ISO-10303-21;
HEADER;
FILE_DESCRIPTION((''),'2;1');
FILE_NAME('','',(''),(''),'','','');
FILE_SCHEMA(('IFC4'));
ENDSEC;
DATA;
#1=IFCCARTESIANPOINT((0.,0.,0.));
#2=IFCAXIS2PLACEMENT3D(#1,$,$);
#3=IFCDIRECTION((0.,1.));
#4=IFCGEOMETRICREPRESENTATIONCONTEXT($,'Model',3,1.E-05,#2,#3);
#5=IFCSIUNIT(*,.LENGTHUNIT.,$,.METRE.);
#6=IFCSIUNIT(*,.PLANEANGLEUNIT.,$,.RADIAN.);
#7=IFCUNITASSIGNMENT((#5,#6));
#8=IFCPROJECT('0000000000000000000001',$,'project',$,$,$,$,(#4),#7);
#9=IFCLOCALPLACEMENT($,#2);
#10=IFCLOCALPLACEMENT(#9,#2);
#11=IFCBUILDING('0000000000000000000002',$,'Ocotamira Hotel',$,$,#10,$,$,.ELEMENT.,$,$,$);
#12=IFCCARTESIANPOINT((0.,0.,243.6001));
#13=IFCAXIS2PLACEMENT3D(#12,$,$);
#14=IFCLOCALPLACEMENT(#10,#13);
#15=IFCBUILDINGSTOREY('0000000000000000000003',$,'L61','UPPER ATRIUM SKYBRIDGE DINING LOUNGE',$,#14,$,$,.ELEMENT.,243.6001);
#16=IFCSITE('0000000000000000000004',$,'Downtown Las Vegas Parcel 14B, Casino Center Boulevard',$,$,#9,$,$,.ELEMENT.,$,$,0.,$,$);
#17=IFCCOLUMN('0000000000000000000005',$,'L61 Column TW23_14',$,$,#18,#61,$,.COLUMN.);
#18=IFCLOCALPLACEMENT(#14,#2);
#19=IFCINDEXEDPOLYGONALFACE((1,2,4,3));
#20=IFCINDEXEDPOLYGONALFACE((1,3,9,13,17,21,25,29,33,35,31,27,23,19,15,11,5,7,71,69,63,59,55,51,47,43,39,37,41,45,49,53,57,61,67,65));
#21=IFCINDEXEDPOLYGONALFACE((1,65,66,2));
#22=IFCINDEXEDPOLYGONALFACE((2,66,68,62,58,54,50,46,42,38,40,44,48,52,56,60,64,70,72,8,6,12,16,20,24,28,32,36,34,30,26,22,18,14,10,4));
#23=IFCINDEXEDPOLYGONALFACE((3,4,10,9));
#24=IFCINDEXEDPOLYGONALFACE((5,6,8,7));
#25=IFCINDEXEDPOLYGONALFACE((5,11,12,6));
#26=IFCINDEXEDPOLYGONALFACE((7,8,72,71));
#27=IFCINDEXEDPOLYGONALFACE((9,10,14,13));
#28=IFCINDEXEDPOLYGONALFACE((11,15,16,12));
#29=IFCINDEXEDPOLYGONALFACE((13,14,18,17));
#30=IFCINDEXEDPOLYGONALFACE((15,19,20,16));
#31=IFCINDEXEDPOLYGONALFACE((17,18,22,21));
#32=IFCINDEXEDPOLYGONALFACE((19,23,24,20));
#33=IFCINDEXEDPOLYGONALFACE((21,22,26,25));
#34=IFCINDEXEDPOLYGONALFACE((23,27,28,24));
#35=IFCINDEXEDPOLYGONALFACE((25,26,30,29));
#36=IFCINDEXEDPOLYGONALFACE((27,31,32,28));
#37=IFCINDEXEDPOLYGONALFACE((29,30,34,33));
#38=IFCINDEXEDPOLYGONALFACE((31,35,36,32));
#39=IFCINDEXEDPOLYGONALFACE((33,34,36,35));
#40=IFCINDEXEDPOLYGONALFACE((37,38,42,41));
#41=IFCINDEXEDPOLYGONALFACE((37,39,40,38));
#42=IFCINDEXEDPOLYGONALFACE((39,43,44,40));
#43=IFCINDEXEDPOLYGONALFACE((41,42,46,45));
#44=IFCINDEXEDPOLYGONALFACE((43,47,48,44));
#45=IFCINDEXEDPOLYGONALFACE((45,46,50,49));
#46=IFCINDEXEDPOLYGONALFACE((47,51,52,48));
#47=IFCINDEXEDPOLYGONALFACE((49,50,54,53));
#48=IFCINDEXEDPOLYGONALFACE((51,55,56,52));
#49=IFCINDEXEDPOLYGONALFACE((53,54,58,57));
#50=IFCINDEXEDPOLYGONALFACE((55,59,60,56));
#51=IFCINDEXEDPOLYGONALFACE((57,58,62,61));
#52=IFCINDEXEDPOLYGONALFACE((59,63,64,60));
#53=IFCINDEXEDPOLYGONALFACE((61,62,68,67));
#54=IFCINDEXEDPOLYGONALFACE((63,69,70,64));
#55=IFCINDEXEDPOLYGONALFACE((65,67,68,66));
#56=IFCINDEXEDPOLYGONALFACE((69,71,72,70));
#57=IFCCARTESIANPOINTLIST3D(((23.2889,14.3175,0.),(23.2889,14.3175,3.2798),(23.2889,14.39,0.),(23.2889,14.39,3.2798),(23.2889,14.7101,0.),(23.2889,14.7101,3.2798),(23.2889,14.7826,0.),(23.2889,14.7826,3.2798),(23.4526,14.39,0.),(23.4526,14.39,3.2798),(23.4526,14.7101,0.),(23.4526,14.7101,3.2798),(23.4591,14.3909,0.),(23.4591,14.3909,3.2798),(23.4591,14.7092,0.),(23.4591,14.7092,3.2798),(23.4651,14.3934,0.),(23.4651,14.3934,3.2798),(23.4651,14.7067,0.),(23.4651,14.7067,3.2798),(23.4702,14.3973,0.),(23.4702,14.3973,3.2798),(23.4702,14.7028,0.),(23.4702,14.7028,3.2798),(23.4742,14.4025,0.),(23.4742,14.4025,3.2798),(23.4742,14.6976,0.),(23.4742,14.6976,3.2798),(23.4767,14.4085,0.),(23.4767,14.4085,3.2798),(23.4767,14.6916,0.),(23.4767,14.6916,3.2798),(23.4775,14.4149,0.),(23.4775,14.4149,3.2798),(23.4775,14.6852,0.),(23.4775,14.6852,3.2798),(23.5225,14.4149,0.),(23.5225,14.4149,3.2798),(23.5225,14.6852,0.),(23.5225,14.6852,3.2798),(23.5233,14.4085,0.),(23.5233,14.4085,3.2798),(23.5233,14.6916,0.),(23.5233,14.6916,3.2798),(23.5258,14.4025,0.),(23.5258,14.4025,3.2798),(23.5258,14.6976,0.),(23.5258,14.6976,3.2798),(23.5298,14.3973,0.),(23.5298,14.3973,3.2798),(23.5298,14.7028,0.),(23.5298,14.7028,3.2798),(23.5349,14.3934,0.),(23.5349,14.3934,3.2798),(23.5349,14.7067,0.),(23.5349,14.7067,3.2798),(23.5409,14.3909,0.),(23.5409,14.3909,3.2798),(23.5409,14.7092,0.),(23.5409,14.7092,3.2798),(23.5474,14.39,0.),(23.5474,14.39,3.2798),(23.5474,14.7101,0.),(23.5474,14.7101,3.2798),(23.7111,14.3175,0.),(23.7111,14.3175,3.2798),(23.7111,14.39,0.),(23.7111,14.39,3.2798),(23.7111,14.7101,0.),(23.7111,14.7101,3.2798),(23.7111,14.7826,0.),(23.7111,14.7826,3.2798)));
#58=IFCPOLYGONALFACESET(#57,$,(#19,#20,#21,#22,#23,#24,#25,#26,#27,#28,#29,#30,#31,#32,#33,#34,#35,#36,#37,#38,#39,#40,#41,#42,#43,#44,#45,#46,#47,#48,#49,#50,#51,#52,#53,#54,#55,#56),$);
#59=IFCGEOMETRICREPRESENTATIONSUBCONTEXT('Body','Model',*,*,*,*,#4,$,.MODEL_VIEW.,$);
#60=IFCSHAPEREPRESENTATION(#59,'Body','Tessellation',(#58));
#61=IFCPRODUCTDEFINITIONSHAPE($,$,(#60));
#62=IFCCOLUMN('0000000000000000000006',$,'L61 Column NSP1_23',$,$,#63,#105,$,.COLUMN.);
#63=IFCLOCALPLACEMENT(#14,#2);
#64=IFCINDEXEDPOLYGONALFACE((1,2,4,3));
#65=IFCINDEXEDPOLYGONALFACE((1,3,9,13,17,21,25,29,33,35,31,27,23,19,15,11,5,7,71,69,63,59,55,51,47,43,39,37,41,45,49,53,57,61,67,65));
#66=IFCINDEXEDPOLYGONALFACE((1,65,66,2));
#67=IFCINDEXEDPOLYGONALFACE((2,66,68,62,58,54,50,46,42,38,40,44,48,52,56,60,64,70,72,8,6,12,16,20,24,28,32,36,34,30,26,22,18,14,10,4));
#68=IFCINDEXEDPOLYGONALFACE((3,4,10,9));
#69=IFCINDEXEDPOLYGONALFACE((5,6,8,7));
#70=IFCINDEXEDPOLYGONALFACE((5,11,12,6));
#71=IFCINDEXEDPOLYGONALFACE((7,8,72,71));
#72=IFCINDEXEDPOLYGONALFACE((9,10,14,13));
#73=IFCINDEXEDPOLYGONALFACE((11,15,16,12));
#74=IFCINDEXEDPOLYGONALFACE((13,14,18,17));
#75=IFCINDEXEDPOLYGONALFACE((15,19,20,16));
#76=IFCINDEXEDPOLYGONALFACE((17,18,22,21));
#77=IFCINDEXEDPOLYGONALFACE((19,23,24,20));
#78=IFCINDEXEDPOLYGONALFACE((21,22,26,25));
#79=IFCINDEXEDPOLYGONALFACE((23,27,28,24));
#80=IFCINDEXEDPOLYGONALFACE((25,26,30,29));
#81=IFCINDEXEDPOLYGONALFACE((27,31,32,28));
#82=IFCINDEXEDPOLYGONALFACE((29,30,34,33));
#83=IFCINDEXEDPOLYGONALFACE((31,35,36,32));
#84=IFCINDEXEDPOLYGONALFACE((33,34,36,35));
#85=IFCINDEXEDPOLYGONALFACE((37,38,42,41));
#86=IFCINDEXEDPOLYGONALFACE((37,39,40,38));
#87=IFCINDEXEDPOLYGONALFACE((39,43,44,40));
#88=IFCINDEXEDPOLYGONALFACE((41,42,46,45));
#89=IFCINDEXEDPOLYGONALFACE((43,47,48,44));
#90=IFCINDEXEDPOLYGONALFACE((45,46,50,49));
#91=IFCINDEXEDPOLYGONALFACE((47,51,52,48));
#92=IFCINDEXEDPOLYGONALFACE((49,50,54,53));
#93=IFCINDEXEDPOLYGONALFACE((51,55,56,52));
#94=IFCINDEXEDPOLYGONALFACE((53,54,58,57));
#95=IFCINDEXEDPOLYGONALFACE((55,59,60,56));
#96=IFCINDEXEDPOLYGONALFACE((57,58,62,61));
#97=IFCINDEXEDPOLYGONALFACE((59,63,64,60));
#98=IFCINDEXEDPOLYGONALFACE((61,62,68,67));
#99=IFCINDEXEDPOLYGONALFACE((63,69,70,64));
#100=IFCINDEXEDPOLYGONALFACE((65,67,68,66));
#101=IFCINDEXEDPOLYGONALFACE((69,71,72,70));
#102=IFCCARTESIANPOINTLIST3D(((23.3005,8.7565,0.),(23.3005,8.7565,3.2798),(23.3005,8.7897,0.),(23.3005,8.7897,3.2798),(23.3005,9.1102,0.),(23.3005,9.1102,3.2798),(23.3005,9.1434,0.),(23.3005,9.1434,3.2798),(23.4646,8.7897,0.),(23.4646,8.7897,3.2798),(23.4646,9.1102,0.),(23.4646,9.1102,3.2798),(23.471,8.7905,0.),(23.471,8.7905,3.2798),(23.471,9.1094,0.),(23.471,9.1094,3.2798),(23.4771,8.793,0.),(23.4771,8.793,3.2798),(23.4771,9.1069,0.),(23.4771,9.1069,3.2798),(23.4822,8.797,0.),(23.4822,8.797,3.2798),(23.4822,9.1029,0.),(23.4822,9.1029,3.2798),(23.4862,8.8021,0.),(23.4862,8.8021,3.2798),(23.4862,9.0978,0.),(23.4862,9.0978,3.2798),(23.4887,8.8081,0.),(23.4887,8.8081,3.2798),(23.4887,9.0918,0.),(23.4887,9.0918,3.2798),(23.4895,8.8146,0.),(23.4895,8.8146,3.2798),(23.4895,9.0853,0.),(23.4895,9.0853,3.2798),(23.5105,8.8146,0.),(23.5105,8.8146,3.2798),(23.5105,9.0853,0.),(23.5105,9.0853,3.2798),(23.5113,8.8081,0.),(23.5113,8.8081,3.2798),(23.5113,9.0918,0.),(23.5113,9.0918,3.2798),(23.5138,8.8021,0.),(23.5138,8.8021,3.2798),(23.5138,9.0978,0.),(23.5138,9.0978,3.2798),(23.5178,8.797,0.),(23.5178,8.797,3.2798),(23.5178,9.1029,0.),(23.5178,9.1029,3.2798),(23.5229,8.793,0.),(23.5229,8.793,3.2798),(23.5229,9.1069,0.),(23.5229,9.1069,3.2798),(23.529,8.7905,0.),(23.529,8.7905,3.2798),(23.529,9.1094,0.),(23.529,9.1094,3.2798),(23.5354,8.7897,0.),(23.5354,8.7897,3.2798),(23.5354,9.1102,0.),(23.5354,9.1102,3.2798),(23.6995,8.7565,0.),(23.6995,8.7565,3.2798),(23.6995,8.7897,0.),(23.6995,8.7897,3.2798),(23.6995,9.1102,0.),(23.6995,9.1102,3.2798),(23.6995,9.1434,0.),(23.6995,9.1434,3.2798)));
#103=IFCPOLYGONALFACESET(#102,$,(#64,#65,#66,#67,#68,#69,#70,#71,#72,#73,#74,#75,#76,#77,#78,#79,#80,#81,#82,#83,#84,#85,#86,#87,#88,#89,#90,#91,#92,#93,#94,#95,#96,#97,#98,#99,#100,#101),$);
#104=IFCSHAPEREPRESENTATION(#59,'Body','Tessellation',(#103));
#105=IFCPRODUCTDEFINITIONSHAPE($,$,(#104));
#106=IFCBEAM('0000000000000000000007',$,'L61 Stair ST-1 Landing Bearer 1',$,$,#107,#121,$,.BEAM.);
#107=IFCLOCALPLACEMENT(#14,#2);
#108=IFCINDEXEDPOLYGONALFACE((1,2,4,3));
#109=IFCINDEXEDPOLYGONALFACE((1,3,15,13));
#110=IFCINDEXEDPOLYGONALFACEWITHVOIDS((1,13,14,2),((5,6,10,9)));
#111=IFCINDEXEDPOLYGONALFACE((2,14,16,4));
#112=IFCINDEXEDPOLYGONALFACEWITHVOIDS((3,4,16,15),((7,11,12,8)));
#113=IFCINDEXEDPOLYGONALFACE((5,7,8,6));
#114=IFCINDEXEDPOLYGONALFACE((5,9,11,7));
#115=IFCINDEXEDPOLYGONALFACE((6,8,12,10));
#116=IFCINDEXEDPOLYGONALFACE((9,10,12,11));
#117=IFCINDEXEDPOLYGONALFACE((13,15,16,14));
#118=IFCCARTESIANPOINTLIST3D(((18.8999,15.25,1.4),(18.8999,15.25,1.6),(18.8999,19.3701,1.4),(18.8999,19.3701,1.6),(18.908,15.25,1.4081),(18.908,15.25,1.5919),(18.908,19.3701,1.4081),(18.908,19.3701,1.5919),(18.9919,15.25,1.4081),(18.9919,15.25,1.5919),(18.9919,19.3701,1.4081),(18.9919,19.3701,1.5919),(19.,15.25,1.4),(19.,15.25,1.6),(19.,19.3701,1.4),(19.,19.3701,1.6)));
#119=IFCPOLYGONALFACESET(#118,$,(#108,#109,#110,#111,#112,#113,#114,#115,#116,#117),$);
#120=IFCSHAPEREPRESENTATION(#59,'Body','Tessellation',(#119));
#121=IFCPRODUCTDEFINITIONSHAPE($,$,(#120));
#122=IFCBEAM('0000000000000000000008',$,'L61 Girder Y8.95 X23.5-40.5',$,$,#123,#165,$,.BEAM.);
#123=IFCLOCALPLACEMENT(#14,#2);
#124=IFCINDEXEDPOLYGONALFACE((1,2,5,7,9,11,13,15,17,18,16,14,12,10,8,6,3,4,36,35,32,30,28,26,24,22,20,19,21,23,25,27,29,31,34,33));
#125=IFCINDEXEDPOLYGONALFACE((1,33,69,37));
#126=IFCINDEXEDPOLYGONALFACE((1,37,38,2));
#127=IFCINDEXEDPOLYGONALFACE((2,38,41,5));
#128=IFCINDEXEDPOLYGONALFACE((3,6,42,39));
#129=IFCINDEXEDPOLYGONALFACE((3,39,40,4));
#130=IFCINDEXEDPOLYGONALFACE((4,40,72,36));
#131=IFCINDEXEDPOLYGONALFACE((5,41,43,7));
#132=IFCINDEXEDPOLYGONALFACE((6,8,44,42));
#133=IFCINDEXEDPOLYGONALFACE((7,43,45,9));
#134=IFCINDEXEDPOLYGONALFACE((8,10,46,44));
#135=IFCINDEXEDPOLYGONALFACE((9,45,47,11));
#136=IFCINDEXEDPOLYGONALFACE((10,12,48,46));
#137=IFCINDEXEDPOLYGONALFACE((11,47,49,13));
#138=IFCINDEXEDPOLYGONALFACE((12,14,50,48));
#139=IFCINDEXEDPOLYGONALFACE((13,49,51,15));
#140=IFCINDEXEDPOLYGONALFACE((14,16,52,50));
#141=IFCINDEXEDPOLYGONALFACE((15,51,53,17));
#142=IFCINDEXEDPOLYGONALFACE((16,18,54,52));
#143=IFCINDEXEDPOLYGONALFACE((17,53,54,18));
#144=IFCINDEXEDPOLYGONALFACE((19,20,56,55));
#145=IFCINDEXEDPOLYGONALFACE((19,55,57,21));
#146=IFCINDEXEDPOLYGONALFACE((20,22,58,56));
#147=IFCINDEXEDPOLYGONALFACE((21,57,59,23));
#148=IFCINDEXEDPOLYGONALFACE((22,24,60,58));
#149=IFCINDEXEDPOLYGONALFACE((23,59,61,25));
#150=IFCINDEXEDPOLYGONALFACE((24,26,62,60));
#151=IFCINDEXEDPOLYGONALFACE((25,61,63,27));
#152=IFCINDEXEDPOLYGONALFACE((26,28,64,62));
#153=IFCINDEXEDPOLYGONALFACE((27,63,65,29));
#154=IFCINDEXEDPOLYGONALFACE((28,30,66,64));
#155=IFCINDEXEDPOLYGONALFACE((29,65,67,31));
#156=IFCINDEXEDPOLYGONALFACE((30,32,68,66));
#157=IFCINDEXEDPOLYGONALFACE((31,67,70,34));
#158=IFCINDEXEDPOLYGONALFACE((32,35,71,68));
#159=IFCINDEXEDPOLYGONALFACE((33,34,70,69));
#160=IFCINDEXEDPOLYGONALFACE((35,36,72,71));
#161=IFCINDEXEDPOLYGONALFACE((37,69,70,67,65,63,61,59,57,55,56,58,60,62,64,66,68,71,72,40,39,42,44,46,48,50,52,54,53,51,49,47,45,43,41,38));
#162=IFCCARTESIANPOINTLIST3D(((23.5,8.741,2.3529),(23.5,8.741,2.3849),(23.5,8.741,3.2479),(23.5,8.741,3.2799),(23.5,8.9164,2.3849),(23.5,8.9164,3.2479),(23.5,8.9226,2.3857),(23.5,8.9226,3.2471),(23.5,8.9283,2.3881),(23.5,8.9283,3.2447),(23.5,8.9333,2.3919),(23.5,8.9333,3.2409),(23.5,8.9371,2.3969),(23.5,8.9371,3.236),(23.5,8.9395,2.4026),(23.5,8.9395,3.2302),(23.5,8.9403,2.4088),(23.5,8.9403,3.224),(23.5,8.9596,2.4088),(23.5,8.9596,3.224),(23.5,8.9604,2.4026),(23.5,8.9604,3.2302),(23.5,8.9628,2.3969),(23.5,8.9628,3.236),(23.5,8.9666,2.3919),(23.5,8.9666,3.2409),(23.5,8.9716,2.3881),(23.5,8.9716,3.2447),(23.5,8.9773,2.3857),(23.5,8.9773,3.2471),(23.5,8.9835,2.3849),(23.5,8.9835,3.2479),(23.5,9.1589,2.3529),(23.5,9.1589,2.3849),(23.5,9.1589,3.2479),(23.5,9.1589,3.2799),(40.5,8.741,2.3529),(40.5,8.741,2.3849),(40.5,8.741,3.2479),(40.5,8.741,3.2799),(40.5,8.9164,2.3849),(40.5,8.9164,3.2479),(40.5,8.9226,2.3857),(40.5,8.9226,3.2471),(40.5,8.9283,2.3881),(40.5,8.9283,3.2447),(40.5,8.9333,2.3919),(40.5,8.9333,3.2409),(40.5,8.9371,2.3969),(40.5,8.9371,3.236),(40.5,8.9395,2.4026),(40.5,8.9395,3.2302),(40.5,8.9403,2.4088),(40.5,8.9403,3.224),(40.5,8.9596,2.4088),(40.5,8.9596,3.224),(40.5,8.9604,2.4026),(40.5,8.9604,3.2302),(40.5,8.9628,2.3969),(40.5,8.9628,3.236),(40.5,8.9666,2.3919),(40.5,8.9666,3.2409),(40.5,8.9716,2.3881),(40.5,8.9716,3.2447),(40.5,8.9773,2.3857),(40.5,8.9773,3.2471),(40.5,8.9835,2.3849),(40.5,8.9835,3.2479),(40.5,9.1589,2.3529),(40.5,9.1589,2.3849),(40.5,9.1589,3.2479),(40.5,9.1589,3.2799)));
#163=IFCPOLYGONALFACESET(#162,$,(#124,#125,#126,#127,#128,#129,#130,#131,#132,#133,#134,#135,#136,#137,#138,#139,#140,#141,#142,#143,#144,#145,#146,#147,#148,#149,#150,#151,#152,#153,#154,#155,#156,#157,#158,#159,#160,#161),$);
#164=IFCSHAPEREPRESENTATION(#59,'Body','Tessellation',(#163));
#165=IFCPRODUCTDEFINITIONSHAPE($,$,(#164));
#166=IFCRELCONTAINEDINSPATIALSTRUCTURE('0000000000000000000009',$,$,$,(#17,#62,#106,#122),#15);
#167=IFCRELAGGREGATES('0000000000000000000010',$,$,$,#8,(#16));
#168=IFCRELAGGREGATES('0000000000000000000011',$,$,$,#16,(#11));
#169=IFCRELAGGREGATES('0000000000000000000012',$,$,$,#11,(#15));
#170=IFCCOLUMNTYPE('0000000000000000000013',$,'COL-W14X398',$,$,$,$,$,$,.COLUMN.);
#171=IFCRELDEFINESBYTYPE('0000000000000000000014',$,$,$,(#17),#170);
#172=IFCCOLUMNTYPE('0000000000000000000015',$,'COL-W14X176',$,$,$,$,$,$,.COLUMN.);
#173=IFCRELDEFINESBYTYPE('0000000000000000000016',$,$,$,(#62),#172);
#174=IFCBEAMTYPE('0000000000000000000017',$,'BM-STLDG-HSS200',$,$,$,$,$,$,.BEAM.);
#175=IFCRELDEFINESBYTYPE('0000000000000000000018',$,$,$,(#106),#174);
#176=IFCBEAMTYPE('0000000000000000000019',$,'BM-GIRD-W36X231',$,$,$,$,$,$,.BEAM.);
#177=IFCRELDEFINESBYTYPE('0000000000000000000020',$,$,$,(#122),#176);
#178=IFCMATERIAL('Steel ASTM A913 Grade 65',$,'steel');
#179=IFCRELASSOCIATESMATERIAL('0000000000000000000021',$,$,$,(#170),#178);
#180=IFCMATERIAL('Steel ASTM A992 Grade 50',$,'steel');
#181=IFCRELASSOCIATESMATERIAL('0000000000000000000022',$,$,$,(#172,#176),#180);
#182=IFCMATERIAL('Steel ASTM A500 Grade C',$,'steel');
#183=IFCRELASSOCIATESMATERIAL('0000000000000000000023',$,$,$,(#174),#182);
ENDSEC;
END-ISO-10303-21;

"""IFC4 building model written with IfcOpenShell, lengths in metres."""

from ifc_helpers import new_model, si_unit, direction, frame, origin, origin_2d, place, context, subcontext, project, spatial, hollow_rectangle, i_section, extrude, source, transform, mapped, material, material_profile, profile_set, type_object, element, save


model = new_model("IFC4")

# Units and contexts
model_context = context("Model", 3, precision=1e-05, world=origin(), true_north=direction((0.0, 1.0)))
body_context = subcontext(model_context, "Body", "Model", "MODEL_VIEW")
ifc_project = project(units=[si_unit("LENGTHUNIT", "METRE"), si_unit("PLANEANGLEUNIT", "RADIAN")], contexts=[model_context])

# Site, building, storey
site_placement = place(None, origin())
site = spatial("IfcSite", under=ifc_project, at=site_placement, Name="Downtown Las Vegas Parcel 14B, Casino Center Boulevard", CompositionType="ELEMENT", RefElevation=0.0)
building_placement = place(site_placement, origin())
building = spatial("IfcBuilding", under=site, at=building_placement, Name="Ocotamira Hotel", CompositionType="ELEMENT")
storey_placement = place(building_placement, frame((0.0, 0.0, 243.6001)))
storey = spatial("IfcBuildingStorey", under=building, at=storey_placement, Name="L61", Description="UPPER ATRIUM SKYBRIDGE DINING LOUNGE", CompositionType="ELEMENT", Elevation=243.6001)

# Columns
ifc_material_1 = material(Name="Steel ASTM A913 Grade 65", Category="steel")
ifc_material_profile_1 = material_profile(ifc_material_1, i_section(OverallWidth=0.4221, OverallDepth=0.4651, WebThickness=0.0449, FlangeThickness=0.0725, FilletRadius=0.0249, at=origin_2d()), Name="W14X398")
ifc_profile_set_1 = profile_set([ifc_material_profile_1], Name="Steel ASTM A913 Grade 65")
column_type_1 = type_object("IfcColumnType", Name="COL-W14X398", PredefinedType="COLUMN", material=ifc_profile_set_1)
shared_shape_1 = source(origin(), body_context, "Body", "SweptSolid", [
    extrude(i_section(OverallWidth=0.4221, OverallDepth=0.4651, WebThickness=0.0449, FlangeThickness=0.0725, FilletRadius=0.0249, at=origin_2d()), origin(), (0.0, 0.0, 1.0), 3.2798),
])
column_1_placement = place(storey_placement, frame((23.5, 14.55, 0.0), z_axis=(0.0, 0.0, 1.0), x_axis=(1.0, 0.0, 0.0)))
element("IfcColumn", 1, at=column_1_placement, inside=storey, type_object=column_type_1, Name="L61 Column TW23_14", PredefinedType="COLUMN", context=body_context, shape_type="MappedRepresentation", body=[
    mapped(shared_shape_1, transform((0.0, 0.0, 0.0), scale=1.0)),
])
ifc_material_2 = material(Name="Steel ASTM A992 Grade 50", Category="steel")
ifc_material_profile_2 = material_profile(ifc_material_2, i_section(OverallWidth=0.3989, OverallDepth=0.387, WebThickness=0.021, FlangeThickness=0.0332, FilletRadius=0.0249, at=origin_2d()), Name="W14X176")
ifc_profile_set_2 = profile_set([ifc_material_profile_2], Name="Steel ASTM A992 Grade 50")
column_type_2 = type_object("IfcColumnType", Name="COL-W14X176", PredefinedType="COLUMN", material=ifc_profile_set_2)
shared_shape_2 = source(origin(), body_context, "Body", "SweptSolid", [
    extrude(i_section(OverallWidth=0.3989, OverallDepth=0.387, WebThickness=0.021, FlangeThickness=0.0332, FilletRadius=0.0249, at=origin_2d()), origin(), (0.0, 0.0, 1.0), 3.2798),
])
column_2_placement = place(storey_placement, frame((23.5, 8.95, 0.0), z_axis=(0.0, 0.0, 1.0), x_axis=(1.0, 0.0, 0.0)))
element("IfcColumn", 2, at=column_2_placement, inside=storey, type_object=column_type_2, Name="L61 Column NSP1_23", PredefinedType="COLUMN", context=body_context, shape_type="MappedRepresentation", body=[
    mapped(shared_shape_2, transform((0.0, 0.0, 0.0), scale=1.0)),
])

# Beams
ifc_material_3 = material(Name="Steel ASTM A500 Grade C", Category="steel")
ifc_material_profile_3 = material_profile(ifc_material_3, hollow_rectangle(XDim=0.1001, YDim=0.2, WallThickness=0.0081, at=origin_2d()), Name="HSS200X100X8")
ifc_profile_set_3 = profile_set([ifc_material_profile_3], Name="Steel ASTM A500 Grade C")
beam_type_1 = type_object("IfcBeamType", Name="BM-STLDG-HSS200", PredefinedType="BEAM", material=ifc_profile_set_3)
shared_shape_3 = source(origin(), body_context, "Body", "SweptSolid", [
    extrude(hollow_rectangle(XDim=0.1001, YDim=0.2, WallThickness=0.0081, at=origin_2d()), origin(), (0.0, 0.0, 1.0), 4.1201),
])
beam_1_placement = place(storey_placement, frame((18.95, 15.25, 1.5), z_axis=(0.0, 1.0, 0.0), x_axis=(-1.0, 0.0, 0.0)))
element("IfcBeam", 3, at=beam_1_placement, inside=storey, type_object=beam_type_1, Name="L61 Stair ST-1 Landing Bearer 1", PredefinedType="BEAM", context=body_context, shape_type="MappedRepresentation", body=[
    mapped(shared_shape_3, transform((0.0, 0.0, 0.0), scale=1.0)),
])
ifc_material_profile_4 = material_profile(ifc_material_2, i_section(OverallWidth=0.418, OverallDepth=0.927, WebThickness=0.0193, FlangeThickness=0.032, FilletRadius=0.0239, at=origin_2d()), Name="W36X231")
ifc_profile_set_4 = profile_set([ifc_material_profile_4], Name="Steel ASTM A992 Grade 50")
beam_type_2 = type_object("IfcBeamType", Name="BM-GIRD-W36X231", PredefinedType="BEAM", material=ifc_profile_set_4)
shared_shape_4 = source(origin(), body_context, "Body", "SweptSolid", [
    extrude(i_section(OverallWidth=0.418, OverallDepth=0.927, WebThickness=0.0193, FlangeThickness=0.032, FilletRadius=0.0239, at=origin_2d()), origin(), (0.0, 0.0, 1.0), 17.0),
])
for number, where, z_axis, x_axis, name in (
    (4, (23.5, 8.95, 2.8164), (1.0, 0.0, 0.0), (0.0, 1.0, 0.0), "L61 Girder Y8.95 X23.5-40.5"),
):
    element("IfcBeam", number, at=place(storey_placement, frame(where, z_axis=z_axis, x_axis=x_axis)), inside=storey, type_object=beam_type_2, Name=name, PredefinedType="BEAM", context=body_context, shape_type="MappedRepresentation", body=[
        mapped(shared_shape_4, transform((0.0, 0.0, 0.0), scale=1.0)),
    ])

save(model, "model.ifc")
